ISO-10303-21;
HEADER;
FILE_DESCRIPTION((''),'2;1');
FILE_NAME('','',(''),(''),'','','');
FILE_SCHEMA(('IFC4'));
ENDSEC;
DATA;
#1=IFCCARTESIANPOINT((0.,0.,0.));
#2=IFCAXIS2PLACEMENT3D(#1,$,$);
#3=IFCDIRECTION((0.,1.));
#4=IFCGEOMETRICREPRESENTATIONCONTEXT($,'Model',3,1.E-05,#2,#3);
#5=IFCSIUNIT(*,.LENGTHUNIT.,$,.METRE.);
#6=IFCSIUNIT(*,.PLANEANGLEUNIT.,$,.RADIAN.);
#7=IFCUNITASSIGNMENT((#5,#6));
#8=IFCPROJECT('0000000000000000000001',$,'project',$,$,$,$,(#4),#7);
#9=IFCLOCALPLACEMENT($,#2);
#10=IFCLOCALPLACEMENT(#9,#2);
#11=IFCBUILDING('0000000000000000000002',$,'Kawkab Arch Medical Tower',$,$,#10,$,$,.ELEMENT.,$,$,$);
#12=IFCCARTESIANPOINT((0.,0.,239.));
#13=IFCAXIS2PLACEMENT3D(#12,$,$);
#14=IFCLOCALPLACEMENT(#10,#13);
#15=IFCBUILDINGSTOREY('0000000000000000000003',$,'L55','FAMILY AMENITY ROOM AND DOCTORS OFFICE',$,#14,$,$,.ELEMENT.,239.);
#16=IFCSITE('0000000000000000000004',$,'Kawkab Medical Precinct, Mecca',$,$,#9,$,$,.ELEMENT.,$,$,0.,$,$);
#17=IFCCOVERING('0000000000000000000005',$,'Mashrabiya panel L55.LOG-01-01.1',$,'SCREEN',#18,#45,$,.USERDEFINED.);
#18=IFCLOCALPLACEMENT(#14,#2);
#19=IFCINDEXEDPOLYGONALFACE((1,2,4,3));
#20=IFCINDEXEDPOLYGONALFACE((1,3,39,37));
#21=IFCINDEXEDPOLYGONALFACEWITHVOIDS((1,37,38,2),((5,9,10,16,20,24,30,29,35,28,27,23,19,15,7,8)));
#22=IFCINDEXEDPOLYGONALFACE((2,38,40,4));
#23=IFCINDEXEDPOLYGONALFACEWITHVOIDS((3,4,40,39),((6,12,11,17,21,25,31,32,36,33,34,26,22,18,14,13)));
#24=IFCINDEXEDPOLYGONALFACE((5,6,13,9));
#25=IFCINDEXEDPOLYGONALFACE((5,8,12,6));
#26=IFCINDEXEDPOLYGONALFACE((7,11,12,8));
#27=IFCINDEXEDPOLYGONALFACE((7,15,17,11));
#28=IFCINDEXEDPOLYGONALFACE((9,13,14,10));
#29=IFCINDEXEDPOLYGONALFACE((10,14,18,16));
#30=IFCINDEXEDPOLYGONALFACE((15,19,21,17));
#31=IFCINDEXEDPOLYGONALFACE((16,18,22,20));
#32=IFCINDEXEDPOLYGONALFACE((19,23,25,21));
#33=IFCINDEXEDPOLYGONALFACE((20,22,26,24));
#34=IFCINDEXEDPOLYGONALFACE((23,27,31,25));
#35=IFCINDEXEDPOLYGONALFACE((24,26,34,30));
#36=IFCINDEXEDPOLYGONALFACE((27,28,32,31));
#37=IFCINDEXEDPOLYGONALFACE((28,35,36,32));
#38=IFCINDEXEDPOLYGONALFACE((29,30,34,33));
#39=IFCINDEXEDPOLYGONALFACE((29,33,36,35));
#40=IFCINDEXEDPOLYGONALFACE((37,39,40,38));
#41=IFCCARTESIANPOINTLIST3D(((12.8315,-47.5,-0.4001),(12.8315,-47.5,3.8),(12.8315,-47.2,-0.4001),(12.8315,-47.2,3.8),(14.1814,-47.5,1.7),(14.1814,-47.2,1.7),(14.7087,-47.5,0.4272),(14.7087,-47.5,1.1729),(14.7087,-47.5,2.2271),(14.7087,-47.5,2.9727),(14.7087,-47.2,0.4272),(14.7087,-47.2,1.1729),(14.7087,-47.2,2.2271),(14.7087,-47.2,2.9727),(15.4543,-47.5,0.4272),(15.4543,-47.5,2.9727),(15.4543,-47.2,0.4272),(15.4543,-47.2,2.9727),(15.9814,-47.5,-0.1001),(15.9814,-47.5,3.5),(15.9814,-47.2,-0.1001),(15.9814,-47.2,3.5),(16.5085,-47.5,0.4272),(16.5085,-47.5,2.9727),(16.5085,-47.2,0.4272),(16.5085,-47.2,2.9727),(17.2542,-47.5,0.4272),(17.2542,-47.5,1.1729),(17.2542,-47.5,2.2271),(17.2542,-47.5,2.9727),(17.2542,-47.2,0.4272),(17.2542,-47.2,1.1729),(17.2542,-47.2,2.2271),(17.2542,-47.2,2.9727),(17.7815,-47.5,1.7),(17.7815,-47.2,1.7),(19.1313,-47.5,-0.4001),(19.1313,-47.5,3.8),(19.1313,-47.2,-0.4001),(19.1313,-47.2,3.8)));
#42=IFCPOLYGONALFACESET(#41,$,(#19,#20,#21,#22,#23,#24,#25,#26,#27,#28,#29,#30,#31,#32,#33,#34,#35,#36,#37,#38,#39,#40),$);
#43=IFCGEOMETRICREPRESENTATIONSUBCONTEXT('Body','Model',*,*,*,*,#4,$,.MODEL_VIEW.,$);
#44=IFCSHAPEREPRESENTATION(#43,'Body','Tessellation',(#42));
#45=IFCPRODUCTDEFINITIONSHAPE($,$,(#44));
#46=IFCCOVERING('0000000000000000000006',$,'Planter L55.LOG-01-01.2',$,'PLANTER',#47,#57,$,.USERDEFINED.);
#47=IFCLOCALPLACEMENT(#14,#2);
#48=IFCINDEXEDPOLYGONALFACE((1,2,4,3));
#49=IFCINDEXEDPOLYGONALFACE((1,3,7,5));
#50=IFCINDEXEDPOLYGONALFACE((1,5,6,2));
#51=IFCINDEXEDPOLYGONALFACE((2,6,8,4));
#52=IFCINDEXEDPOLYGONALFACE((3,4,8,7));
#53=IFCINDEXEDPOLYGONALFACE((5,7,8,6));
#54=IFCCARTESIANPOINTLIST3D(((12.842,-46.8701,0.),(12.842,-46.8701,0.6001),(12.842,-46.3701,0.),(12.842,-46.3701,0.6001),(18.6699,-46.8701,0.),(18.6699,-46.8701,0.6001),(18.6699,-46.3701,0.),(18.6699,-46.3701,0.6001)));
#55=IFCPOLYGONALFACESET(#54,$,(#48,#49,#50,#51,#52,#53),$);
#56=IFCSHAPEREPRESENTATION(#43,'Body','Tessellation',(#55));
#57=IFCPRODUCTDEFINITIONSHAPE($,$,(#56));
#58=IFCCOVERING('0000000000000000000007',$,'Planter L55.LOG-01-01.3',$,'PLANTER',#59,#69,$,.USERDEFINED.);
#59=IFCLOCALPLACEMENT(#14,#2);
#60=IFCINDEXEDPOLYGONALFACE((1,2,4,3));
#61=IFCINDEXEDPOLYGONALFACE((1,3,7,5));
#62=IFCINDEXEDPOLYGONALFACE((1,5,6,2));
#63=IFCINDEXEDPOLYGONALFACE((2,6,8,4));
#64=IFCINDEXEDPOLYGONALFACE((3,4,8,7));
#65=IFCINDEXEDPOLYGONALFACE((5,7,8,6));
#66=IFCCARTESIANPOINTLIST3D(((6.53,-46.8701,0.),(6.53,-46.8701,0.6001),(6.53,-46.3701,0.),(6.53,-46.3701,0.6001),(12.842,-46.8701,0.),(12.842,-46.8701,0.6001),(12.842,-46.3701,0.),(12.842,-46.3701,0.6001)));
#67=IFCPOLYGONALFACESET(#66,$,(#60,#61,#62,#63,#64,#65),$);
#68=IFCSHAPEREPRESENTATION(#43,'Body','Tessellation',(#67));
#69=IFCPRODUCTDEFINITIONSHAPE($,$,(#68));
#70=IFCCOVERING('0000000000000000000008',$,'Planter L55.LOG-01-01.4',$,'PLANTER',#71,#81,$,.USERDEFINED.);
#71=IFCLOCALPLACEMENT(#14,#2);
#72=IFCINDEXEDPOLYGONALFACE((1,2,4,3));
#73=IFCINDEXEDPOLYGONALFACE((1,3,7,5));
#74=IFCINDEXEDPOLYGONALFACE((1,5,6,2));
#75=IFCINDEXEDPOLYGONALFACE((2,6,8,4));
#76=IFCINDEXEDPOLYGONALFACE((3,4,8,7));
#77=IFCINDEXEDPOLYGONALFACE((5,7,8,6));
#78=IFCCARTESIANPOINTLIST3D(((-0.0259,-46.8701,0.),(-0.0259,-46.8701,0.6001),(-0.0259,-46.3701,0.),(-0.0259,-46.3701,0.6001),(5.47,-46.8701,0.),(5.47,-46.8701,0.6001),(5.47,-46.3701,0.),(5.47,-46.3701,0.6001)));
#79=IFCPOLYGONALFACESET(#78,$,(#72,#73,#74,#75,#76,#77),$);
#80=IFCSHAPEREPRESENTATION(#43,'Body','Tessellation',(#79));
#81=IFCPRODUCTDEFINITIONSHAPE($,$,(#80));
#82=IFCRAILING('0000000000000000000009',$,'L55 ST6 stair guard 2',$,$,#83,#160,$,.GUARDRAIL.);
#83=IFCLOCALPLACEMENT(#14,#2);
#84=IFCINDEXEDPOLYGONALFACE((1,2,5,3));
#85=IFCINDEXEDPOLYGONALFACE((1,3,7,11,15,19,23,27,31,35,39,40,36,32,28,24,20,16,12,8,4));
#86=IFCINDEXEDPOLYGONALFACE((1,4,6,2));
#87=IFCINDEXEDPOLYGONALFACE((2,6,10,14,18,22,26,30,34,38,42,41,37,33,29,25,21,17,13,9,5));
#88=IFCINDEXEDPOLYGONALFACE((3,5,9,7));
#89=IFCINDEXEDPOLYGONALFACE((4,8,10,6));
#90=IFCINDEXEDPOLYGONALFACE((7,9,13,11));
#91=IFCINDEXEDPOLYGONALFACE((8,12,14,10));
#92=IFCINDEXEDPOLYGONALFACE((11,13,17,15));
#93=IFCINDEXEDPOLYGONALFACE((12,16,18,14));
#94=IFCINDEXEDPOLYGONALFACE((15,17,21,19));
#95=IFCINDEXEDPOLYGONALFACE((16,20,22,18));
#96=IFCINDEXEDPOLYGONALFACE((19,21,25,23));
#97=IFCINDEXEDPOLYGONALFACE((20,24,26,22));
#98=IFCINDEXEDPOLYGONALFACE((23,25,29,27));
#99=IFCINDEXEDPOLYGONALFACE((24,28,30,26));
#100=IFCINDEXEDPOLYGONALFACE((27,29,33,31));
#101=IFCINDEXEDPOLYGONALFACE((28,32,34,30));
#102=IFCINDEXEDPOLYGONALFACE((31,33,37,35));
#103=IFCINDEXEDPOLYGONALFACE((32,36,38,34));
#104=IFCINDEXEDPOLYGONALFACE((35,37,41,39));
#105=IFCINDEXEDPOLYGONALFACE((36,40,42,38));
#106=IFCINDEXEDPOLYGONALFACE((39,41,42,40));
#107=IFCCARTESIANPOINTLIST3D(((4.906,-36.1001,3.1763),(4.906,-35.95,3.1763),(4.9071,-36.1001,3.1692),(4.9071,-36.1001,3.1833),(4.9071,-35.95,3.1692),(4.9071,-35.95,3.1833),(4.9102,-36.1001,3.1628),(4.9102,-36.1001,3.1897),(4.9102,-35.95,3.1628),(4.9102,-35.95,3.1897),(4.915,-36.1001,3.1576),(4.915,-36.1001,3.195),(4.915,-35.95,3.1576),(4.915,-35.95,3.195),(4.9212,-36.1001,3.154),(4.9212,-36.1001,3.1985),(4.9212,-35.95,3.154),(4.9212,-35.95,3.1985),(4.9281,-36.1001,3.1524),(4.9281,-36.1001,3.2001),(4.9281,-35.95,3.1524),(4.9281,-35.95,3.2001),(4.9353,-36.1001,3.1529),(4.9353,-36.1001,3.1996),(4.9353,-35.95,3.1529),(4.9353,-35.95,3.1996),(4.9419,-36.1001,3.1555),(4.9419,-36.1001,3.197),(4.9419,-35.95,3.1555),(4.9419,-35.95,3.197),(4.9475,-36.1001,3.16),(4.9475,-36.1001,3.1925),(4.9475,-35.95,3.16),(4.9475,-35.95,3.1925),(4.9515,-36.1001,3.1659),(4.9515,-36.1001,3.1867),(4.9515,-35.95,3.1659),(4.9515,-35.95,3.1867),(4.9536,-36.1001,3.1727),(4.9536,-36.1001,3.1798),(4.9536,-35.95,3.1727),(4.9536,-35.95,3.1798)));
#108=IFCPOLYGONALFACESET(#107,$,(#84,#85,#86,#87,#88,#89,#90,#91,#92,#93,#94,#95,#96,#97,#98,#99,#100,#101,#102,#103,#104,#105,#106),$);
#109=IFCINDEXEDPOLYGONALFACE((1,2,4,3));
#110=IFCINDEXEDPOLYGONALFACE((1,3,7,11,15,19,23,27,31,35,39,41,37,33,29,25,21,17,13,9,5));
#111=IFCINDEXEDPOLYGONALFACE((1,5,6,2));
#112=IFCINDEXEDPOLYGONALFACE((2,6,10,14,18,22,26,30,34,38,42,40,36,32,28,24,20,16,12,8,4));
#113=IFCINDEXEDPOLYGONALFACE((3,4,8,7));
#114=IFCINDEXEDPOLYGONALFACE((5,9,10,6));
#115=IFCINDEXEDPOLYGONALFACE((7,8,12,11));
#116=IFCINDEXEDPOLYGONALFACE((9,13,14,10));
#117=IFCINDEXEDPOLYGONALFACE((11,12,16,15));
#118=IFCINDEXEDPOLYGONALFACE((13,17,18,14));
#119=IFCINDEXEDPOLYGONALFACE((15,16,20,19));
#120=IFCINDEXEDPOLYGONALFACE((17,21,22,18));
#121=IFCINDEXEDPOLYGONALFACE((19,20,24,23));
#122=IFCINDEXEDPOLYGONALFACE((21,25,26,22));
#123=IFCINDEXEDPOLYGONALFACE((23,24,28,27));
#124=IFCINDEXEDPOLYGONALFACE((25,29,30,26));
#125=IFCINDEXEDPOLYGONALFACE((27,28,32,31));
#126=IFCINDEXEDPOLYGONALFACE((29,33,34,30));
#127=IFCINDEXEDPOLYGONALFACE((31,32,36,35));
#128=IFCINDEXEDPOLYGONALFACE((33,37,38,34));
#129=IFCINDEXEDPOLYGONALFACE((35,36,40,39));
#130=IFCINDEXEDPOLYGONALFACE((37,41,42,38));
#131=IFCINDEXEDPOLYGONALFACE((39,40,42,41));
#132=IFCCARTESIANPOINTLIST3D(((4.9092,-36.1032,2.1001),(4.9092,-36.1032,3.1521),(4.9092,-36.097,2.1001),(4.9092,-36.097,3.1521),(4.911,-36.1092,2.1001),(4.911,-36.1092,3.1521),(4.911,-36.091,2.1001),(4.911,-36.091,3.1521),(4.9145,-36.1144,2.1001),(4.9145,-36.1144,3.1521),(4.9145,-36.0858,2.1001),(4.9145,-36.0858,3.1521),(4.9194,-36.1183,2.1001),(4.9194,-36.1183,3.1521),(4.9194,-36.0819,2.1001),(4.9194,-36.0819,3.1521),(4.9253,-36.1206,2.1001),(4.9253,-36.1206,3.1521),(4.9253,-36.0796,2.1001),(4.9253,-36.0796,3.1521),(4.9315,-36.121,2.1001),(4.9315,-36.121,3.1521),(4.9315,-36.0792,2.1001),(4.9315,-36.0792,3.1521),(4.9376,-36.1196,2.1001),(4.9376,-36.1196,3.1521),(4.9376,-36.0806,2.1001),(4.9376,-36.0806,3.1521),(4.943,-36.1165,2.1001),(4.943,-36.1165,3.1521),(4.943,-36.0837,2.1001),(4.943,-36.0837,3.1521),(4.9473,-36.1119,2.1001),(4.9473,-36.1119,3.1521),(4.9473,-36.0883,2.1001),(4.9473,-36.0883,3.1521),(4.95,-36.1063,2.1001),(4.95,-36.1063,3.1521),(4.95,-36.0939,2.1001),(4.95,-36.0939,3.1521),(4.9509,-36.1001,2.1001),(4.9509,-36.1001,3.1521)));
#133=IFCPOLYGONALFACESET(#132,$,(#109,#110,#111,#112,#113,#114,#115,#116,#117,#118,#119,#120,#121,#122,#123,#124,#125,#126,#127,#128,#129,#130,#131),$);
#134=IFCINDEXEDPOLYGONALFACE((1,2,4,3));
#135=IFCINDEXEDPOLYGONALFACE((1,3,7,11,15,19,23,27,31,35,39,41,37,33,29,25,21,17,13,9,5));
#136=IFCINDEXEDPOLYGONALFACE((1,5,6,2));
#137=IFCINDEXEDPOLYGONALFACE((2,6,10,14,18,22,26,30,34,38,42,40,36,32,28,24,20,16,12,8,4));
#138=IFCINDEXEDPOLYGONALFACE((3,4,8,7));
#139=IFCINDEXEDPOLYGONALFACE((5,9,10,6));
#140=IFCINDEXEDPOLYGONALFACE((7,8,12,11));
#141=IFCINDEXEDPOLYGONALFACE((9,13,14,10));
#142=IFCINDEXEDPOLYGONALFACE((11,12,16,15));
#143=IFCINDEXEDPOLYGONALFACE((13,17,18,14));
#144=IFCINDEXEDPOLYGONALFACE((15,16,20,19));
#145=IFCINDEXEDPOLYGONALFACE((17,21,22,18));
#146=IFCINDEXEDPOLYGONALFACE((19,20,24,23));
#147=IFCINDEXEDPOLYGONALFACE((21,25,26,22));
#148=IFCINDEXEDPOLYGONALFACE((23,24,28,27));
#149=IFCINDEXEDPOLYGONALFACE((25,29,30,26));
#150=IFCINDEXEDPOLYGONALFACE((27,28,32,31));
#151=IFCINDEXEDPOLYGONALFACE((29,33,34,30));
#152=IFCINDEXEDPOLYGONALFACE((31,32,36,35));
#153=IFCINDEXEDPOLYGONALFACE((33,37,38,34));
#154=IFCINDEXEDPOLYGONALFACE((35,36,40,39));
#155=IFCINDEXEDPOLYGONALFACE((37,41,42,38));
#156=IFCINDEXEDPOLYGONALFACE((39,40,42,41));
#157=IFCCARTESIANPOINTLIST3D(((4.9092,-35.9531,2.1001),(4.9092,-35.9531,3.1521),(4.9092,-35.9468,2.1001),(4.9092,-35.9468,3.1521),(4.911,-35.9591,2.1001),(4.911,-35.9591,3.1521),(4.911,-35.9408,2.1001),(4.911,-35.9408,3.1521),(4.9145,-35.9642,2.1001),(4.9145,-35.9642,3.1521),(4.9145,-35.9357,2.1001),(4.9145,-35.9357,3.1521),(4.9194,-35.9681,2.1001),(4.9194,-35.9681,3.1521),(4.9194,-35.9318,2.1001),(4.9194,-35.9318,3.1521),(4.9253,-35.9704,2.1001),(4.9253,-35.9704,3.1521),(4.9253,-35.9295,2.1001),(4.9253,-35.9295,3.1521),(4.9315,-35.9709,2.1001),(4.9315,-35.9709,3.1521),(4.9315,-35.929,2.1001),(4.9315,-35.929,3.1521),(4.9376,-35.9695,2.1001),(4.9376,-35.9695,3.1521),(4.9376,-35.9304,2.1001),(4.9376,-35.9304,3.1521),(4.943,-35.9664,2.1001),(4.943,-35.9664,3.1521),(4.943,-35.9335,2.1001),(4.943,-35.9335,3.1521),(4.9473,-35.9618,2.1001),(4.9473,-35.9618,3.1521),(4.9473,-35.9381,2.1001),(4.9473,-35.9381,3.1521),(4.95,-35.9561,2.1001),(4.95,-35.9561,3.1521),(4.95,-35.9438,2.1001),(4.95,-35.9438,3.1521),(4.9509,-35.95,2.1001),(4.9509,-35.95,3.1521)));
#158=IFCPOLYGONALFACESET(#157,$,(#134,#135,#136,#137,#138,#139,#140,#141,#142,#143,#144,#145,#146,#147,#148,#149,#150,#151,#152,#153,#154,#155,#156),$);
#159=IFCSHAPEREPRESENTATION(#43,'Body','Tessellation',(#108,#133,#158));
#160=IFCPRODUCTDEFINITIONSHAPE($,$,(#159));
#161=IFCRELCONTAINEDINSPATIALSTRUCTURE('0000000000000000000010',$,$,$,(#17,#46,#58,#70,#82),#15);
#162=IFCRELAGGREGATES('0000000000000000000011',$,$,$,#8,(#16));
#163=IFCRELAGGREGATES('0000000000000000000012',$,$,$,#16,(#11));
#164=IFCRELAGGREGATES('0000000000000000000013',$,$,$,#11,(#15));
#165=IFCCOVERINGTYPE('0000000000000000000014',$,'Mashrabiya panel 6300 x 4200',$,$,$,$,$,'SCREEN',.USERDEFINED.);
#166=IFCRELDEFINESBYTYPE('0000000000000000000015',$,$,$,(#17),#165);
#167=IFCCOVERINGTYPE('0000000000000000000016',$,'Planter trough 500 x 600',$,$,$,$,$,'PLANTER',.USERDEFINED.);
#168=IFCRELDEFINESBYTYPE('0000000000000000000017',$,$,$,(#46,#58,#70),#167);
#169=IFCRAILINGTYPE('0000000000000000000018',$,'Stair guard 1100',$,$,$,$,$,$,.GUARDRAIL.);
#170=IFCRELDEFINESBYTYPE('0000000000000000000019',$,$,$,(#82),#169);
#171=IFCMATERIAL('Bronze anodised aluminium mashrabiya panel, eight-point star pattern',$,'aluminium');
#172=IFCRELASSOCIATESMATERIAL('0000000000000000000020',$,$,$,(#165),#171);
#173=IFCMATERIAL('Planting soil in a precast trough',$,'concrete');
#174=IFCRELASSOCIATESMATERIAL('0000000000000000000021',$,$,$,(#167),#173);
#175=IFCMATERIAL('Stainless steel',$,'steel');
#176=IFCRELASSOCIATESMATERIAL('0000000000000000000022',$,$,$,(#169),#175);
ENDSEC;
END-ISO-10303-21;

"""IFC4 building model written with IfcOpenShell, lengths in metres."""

from ifc_helpers import new_model, si_unit, direction, frame, origin, origin_2d, place, context, subcontext, project, spatial, polyline, rectangle, circle, outline, extrude, material, material_profile, profile_set, type_object, element, save


model = new_model("IFC4")

# Units and contexts
model_context = context("Model", 3, precision=1e-05, world=origin(), true_north=direction((0.0, 1.0)))
body_context = subcontext(model_context, "Body", "Model", "MODEL_VIEW")
ifc_project = project(units=[si_unit("LENGTHUNIT", "METRE"), si_unit("PLANEANGLEUNIT", "RADIAN")], contexts=[model_context])

# Site, building, storey
site_placement = place(None, origin())
site = spatial("IfcSite", under=ifc_project, at=site_placement, Name="Kawkab Medical Precinct, Mecca", CompositionType="ELEMENT", RefElevation=0.0)
building_placement = place(site_placement, origin())
building = spatial("IfcBuilding", under=site, at=building_placement, Name="Kawkab Arch Medical Tower", CompositionType="ELEMENT")
storey_placement = place(building_placement, frame((0.0, 0.0, 239.0)))
storey = spatial("IfcBuildingStorey", under=building, at=storey_placement, Name="L55", Description="FAMILY AMENITY ROOM AND DOCTORS OFFICE", CompositionType="ELEMENT", Elevation=239.0)

# Coverings
ifc_material_1 = material(Name="Bronze anodised aluminium mashrabiya panel, eight-point star pattern", Category="aluminium")
ifc_material_profile_1 = material_profile(ifc_material_1, outline(polyline([(-3.1499, -2.1001), (3.1499, -2.1001), (3.1499, 2.1001), (-3.1499, 2.1001), (-3.1499, -2.1001)]), holes=[polyline([(1.8, 0.0), (1.2727, 0.5271), (1.2727, 1.2727), (0.5271, 1.2727), (0.0, 1.8), (-0.5271, 1.2727), (-1.2727, 1.2727), (-1.2727, 0.5271), (-1.8, 0.0), (-1.2727, -0.5271), (-1.2727, -1.2727), (-0.5271, -1.2727), (0.0, -1.8), (0.5271, -1.2727), (1.2727, -1.2727), (1.2727, -0.5271), (1.8, 0.0)])]), Name="Mashrabiya panel 6300x4200")
ifc_profile_set_1 = profile_set([ifc_material_profile_1], Name="Bronze anodised aluminium mashrabiya panel, eight-point star pattern")
covering_type_1 = type_object("IfcCoveringType", Name="Mashrabiya panel 6300 x 4200", ElementType="SCREEN", PredefinedType="USERDEFINED", material=ifc_profile_set_1)
covering_1_placement = place(storey_placement, frame((15.9814, -47.2, 1.7), z_axis=(0.0, -1.0, 0.0), x_axis=(1.0, 0.0, 0.0)))
element("IfcCovering", 1, at=covering_1_placement, inside=storey, type_object=covering_type_1, Name="Mashrabiya panel L55.LOG-01-01.1", ObjectType="SCREEN", PredefinedType="USERDEFINED", context=body_context, shape_type="SweptSolid", body=[
    extrude(outline(polyline([(-3.1499, -2.1001), (3.1499, -2.1001), (3.1499, 2.1001), (-3.1499, 2.1001), (-3.1499, -2.1001)]), holes=[polyline([(1.8, 0.0), (1.2727, 0.5271), (1.2727, 1.2727), (0.5271, 1.2727), (0.0, 1.8), (-0.5271, 1.2727), (-1.2727, 1.2727), (-1.2727, 0.5271), (-1.8, 0.0), (-1.2727, -0.5271), (-1.2727, -1.2727), (-0.5271, -1.2727), (0.0, -1.8), (0.5271, -1.2727), (1.2727, -1.2727), (1.2727, -0.5271), (1.8, 0.0)])]), origin(), (0.0, 0.0, 1.0), 0.3),
])
ifc_material_2 = material(Name="Planting soil in a precast trough", Category="concrete")
ifc_material_profile_2 = material_profile(ifc_material_2, rectangle(XDim=0.5, YDim=0.6001, at=origin_2d()), Name="Trough 500x600")
ifc_profile_set_2 = profile_set([ifc_material_profile_2], Name="Planting soil in a precast trough")
covering_type_2 = type_object("IfcCoveringType", Name="Planter trough 500 x 600", ElementType="PLANTER", PredefinedType="USERDEFINED", material=ifc_profile_set_2)
covering_2_placement = place(storey_placement, frame((18.6699, -46.6201, 0.3), z_axis=(-1.0, 0.0, 0.0), x_axis=(0.0, -1.0, 0.0)))
element("IfcCovering", 2, at=covering_2_placement, inside=storey, type_object=covering_type_2, Name="Planter L55.LOG-01-01.2", ObjectType="PLANTER", PredefinedType="USERDEFINED", context=body_context, shape_type="SweptSolid", body=[
    extrude(rectangle(XDim=0.5, YDim=0.6001, at=origin_2d()), origin(), (0.0, 0.0, 1.0), 5.8279),
])
covering_3_placement = place(storey_placement, frame((12.842, -46.6201, 0.3), z_axis=(-1.0, 0.0, 0.0), x_axis=(0.0, -1.0, 0.0)))
element("IfcCovering", 3, at=covering_3_placement, inside=storey, type_object=covering_type_2, Name="Planter L55.LOG-01-01.3", ObjectType="PLANTER", PredefinedType="USERDEFINED", context=body_context, shape_type="SweptSolid", body=[
    extrude(rectangle(XDim=0.5, YDim=0.6001, at=origin_2d()), origin(), (0.0, 0.0, 1.0), 6.312),
])
covering_4_placement = place(storey_placement, frame((5.47, -46.6201, 0.3), z_axis=(-1.0, 0.0, 0.0), x_axis=(0.0, -1.0, 0.0)))
element("IfcCovering", 4, at=covering_4_placement, inside=storey, type_object=covering_type_2, Name="Planter L55.LOG-01-01.4", ObjectType="PLANTER", PredefinedType="USERDEFINED", context=body_context, shape_type="SweptSolid", body=[
    extrude(rectangle(XDim=0.5, YDim=0.6001, at=origin_2d()), origin(), (0.0, 0.0, 1.0), 5.4958),
])

# Railing
ifc_material_3 = material(Name="Stainless steel", Category="steel")
railing_type_1 = type_object("IfcRailingType", Name="Stair guard 1100", PredefinedType="GUARDRAIL", material=ifc_material_3)
railing_1_placement = place(storey_placement, frame((4.9299, -36.1001, 2.1001)))
element("IfcRailing", 5, at=railing_1_placement, inside=storey, type_object=railing_type_1, Name="L55 ST6 stair guard 2", PredefinedType="GUARDRAIL", context=body_context, shape_type="SweptSolid", body=[
    extrude(circle(Radius=0.0239, at=origin_2d()), frame((0.0, 0.0, 1.0762), z_axis=(0.0, 1.0, 0.0), x_axis=(-1.0, 0.0, 0.0)), (0.0, 0.0, 1.0), 0.1501),
    extrude(circle(Radius=0.021, at=origin_2d()), origin(), (0.0, 0.0, 1.0), 1.052),
    extrude(circle(Radius=0.021, at=origin_2d()), frame((0.0, 0.1501, 0.0)), (0.0, 0.0, 1.0), 1.052),
])

save(model, "model.ifc")
